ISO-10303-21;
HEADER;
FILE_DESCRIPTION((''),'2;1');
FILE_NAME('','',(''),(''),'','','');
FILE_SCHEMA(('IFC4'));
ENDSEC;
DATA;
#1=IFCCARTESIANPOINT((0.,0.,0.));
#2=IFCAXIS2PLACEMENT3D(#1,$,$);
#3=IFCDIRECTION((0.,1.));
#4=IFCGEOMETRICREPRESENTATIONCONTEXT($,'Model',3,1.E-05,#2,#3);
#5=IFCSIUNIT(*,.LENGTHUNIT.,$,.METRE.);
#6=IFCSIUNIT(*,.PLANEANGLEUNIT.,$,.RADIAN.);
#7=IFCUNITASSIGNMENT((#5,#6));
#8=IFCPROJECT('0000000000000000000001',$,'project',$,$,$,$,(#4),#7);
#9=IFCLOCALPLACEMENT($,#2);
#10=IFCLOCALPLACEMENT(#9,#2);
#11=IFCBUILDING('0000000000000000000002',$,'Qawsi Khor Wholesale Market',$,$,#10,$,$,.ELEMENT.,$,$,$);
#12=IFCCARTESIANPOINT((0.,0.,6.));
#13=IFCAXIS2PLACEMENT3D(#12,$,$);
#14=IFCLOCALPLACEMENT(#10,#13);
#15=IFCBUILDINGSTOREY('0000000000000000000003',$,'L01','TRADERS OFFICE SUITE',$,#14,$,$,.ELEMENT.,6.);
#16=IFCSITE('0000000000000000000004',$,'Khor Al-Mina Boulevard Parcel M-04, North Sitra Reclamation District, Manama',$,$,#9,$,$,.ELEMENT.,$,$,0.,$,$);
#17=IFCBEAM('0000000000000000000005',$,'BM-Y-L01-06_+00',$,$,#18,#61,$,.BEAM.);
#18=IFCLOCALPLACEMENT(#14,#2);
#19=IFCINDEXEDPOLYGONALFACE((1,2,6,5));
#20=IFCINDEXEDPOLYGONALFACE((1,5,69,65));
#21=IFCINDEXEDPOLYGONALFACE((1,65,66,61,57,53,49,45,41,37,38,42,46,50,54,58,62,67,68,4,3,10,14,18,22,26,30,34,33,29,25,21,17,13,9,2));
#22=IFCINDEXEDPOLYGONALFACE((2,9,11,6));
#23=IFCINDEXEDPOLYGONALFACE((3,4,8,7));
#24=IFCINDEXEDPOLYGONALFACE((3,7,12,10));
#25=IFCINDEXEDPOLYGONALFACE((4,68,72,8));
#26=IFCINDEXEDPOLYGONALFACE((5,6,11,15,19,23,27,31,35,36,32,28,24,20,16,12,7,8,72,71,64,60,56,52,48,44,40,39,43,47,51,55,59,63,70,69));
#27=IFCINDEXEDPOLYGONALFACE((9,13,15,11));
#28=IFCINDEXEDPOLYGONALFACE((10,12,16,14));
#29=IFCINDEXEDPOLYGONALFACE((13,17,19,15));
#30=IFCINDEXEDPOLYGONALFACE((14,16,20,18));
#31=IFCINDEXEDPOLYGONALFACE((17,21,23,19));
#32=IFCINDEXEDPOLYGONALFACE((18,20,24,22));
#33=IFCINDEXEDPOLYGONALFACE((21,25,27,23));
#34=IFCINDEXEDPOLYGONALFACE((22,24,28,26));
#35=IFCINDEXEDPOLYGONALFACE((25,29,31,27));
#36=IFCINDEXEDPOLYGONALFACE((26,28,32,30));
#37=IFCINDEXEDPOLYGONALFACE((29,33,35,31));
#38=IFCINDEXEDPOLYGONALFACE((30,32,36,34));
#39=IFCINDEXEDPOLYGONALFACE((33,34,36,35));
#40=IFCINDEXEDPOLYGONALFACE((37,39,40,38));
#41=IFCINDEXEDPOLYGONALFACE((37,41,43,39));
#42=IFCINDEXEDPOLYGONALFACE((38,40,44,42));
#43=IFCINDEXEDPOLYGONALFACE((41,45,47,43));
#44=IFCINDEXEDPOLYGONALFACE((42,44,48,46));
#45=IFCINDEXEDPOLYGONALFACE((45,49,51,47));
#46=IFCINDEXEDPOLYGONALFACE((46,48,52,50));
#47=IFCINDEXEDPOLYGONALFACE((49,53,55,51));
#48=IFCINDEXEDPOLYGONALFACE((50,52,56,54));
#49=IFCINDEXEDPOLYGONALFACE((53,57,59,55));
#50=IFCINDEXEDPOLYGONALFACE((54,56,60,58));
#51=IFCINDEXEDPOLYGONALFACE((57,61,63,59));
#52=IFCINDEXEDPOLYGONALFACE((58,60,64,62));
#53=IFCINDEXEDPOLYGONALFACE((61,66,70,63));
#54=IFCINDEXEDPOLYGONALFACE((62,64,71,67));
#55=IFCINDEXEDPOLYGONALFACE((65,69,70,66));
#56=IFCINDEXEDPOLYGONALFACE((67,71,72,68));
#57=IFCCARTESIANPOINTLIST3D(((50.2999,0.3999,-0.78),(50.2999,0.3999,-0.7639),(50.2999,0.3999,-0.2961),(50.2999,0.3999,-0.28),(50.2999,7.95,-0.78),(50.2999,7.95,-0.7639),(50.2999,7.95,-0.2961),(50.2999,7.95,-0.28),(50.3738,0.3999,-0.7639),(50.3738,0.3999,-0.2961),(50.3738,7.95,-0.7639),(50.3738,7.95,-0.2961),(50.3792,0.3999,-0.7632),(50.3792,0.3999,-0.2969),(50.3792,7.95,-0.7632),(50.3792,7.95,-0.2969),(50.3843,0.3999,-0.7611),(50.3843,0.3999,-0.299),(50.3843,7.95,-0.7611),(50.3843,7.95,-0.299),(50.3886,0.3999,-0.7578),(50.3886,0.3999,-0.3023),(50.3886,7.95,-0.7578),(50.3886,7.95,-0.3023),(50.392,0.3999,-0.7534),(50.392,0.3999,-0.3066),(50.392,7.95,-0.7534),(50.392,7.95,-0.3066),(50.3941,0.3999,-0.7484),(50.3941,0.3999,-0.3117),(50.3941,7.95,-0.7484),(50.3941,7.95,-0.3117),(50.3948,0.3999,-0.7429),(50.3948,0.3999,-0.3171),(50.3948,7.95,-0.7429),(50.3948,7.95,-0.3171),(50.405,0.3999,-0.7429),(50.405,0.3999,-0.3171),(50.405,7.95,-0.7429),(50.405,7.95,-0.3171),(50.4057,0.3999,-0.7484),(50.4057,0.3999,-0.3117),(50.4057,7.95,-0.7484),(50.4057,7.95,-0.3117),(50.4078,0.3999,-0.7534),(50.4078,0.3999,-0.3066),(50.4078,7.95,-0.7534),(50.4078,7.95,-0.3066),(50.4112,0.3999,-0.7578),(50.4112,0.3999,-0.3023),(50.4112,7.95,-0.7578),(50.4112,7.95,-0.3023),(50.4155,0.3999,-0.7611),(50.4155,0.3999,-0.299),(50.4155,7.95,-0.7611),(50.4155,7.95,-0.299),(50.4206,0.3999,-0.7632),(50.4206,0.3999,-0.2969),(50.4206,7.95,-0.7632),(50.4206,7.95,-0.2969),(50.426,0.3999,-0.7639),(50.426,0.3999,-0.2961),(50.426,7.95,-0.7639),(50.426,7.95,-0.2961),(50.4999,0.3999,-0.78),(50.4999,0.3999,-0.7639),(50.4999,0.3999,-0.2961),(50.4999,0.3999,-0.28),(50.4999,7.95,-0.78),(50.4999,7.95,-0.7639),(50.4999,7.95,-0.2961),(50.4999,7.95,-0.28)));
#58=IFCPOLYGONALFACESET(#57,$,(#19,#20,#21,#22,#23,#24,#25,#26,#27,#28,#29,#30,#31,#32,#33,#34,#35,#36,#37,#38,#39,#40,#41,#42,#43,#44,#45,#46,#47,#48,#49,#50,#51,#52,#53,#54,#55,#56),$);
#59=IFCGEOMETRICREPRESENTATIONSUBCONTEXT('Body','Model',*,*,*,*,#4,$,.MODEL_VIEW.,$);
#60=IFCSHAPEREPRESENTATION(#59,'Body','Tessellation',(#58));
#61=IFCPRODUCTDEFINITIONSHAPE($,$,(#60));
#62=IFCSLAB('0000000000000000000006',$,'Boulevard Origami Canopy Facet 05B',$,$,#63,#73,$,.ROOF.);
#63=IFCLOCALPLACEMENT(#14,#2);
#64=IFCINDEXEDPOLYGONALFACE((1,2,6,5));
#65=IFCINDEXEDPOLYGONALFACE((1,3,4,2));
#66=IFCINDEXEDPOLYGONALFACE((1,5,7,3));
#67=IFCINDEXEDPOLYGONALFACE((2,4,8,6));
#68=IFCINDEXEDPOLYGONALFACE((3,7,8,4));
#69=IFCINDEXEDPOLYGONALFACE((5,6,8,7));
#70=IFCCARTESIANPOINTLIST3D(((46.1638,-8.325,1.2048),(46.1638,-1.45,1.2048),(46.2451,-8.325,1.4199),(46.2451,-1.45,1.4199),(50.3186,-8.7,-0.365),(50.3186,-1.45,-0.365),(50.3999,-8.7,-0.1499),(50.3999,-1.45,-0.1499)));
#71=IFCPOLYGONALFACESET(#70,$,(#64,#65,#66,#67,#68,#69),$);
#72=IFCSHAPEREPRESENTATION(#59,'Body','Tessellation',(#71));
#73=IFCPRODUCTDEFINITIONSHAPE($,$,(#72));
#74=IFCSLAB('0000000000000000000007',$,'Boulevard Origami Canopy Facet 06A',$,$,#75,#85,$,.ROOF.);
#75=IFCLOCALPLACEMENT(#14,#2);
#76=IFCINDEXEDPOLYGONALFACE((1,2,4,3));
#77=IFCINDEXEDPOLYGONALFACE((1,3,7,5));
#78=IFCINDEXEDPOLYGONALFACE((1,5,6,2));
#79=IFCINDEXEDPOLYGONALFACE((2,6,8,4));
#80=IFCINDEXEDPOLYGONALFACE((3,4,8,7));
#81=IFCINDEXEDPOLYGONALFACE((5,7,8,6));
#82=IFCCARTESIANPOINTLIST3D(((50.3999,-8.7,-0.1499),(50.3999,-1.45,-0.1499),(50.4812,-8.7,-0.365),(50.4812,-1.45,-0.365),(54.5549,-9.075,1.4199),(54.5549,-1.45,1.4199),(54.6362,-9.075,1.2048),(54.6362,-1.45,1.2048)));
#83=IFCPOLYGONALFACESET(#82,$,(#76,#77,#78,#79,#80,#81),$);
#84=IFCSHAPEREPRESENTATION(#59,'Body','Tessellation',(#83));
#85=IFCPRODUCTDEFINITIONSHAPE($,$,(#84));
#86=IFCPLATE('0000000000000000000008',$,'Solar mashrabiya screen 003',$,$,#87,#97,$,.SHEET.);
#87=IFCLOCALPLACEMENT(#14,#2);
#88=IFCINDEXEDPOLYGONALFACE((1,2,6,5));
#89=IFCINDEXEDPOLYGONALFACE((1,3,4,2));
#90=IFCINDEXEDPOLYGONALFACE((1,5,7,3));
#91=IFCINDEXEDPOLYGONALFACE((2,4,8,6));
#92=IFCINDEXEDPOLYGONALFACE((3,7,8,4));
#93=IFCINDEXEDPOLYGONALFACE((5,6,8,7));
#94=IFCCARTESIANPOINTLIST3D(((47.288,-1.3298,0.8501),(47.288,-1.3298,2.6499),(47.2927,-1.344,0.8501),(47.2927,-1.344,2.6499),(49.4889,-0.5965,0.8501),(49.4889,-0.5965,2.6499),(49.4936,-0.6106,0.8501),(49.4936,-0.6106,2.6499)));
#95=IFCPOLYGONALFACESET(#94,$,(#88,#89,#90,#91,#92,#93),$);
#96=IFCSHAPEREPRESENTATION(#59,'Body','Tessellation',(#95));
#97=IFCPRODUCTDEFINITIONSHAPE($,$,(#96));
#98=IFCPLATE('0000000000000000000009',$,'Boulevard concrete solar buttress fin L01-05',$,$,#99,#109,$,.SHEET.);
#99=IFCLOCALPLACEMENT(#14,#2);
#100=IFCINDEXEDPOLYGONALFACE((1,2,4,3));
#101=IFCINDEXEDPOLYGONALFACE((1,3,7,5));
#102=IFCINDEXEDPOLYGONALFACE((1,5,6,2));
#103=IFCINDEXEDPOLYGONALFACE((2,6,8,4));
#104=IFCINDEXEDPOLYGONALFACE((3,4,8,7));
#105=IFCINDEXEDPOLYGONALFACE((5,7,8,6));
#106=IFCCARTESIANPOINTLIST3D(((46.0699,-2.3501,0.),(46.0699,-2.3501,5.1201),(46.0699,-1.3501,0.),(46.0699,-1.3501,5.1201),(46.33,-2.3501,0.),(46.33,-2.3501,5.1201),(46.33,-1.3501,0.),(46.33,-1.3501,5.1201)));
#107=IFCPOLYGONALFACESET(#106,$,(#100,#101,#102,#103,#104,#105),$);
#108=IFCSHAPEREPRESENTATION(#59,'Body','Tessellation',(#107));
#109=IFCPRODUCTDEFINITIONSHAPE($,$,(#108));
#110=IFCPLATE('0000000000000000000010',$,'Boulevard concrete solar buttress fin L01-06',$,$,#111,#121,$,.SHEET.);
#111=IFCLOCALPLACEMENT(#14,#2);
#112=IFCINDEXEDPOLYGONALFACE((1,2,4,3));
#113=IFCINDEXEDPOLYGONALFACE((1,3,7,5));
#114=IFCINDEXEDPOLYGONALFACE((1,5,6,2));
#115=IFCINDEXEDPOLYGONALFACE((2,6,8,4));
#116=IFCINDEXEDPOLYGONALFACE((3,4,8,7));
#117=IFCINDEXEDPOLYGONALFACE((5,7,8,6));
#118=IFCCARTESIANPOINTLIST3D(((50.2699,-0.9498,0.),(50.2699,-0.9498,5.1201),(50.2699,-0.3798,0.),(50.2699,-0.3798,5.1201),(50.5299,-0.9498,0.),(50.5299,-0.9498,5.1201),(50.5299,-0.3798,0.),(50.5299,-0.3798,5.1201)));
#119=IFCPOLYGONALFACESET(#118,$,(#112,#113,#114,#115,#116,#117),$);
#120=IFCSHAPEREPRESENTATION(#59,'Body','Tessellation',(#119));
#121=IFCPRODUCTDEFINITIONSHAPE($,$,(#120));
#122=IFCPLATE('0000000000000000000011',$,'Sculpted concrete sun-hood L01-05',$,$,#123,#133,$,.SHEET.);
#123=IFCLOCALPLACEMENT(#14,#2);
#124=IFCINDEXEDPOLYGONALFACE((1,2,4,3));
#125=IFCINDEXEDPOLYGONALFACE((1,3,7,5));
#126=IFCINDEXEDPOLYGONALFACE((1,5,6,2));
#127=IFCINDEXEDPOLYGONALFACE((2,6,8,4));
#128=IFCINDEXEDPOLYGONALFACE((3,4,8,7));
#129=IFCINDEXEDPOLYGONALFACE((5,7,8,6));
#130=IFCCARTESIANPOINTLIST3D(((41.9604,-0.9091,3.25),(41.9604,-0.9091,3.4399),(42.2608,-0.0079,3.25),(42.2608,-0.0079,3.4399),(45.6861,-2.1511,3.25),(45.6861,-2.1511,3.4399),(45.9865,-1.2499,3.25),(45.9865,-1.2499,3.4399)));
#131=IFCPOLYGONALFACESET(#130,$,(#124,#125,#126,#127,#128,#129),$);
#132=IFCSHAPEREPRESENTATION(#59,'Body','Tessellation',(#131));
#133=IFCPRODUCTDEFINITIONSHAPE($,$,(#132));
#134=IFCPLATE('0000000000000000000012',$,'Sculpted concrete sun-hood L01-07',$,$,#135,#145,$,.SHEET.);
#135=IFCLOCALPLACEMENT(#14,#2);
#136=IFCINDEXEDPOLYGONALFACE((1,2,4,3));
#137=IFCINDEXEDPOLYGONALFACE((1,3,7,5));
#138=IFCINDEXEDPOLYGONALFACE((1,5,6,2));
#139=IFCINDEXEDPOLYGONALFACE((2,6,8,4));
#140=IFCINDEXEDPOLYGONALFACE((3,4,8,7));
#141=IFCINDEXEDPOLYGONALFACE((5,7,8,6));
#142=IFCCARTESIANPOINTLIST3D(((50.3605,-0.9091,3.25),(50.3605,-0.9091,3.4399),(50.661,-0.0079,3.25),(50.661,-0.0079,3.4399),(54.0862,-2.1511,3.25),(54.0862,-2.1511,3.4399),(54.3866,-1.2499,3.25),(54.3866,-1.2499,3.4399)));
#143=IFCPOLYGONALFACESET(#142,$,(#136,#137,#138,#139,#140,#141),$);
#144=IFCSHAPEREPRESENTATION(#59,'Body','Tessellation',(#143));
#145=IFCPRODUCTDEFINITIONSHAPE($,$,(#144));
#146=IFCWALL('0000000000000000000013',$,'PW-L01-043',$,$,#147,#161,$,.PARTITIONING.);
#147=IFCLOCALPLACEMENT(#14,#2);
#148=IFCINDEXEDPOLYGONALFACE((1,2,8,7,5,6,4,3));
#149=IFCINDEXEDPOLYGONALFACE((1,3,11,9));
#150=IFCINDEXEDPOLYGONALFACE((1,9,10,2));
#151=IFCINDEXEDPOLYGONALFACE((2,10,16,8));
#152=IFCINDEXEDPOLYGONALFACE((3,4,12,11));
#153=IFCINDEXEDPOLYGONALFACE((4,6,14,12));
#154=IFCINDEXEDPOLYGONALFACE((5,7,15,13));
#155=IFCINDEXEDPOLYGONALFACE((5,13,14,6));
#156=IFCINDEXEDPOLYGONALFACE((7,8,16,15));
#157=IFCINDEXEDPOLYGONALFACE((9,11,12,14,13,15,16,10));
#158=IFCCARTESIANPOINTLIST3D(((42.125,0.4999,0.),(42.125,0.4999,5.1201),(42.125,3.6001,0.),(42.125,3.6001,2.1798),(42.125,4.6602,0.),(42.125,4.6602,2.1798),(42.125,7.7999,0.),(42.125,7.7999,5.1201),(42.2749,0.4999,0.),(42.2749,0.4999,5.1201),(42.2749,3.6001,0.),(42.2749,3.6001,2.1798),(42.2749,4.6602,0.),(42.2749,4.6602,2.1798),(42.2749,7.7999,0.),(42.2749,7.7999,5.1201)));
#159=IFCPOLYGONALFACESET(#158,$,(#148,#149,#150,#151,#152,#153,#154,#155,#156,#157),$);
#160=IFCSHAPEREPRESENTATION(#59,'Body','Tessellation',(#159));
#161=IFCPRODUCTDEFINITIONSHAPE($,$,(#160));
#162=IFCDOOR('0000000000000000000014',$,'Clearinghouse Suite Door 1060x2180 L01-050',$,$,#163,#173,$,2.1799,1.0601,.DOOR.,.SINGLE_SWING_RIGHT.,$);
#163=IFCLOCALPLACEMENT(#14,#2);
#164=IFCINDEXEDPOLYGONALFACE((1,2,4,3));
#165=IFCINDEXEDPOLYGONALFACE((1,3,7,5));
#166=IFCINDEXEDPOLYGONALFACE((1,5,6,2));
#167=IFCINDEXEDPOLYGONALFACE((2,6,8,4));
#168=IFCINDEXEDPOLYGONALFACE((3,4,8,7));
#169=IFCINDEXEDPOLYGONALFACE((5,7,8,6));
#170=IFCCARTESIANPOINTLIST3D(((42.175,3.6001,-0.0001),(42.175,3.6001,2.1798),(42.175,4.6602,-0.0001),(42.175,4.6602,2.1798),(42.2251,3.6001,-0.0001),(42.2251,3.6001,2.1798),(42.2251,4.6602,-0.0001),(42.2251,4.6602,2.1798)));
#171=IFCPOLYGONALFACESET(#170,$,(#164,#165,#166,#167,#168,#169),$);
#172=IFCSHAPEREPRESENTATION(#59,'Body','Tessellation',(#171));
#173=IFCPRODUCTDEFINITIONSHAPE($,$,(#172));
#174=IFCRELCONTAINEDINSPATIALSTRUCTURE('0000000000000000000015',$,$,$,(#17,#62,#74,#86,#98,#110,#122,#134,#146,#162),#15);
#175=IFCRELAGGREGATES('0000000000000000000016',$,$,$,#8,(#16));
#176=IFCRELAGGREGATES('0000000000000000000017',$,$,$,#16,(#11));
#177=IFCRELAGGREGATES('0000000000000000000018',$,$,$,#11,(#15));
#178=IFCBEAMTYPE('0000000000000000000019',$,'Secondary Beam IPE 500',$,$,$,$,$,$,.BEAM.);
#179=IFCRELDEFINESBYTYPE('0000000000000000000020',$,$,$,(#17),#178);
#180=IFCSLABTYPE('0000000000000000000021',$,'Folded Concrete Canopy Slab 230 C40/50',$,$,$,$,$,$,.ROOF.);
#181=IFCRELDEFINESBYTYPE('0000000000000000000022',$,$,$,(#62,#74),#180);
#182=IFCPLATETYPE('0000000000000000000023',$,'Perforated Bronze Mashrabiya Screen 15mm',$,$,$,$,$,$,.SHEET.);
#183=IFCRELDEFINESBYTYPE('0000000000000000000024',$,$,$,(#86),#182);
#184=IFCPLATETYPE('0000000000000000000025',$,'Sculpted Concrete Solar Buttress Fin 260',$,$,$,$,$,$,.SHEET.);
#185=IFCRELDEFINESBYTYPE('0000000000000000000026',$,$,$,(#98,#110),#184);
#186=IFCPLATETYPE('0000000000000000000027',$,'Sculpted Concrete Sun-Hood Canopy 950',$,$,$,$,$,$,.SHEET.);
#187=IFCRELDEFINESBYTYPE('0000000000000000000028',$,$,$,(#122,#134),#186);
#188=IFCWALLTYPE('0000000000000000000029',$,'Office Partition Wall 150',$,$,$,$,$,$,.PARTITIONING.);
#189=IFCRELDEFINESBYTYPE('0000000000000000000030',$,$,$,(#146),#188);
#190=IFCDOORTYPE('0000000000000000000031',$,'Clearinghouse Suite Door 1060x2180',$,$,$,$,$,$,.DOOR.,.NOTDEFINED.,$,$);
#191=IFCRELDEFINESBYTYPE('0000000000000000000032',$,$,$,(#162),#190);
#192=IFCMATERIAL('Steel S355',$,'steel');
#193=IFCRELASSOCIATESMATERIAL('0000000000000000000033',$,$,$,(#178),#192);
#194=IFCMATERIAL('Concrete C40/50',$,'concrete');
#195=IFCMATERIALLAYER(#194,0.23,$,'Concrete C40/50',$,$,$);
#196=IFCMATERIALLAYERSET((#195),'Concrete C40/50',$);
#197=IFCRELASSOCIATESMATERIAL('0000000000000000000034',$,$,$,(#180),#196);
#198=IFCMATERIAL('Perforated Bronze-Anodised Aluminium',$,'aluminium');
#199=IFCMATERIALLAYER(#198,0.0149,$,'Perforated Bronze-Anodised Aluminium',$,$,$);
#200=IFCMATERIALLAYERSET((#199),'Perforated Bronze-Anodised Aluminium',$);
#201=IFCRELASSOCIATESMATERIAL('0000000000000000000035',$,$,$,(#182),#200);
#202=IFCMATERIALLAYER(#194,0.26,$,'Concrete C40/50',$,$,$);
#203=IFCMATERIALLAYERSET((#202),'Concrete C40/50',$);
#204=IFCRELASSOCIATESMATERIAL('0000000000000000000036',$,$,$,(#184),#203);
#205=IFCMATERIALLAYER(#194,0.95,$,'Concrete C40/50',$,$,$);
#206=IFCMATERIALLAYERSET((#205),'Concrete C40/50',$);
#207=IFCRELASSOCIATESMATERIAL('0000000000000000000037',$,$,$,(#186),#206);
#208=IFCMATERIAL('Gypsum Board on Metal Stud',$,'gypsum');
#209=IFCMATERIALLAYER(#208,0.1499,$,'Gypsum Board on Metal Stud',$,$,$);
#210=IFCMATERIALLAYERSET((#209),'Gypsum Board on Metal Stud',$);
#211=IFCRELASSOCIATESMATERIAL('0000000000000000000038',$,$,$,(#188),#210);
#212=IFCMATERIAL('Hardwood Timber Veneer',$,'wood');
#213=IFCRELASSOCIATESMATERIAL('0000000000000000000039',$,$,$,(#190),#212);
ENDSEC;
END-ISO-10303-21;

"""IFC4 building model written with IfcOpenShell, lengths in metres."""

from ifc_helpers import new_model, si_unit, direction, frame, frame_2d, origin, origin_2d, place, context, subcontext, project, spatial, polyline, rectangle, i_section, outline, extrude, material, layer, layer_set, material_profile, profile_set, type_object, element, fill, save


model = new_model("IFC4")

# Units and contexts
model_context = context("Model", 3, precision=1e-05, world=origin(), true_north=direction((0.0, 1.0)))
body_context = subcontext(model_context, "Body", "Model", "MODEL_VIEW")
ifc_project = project(units=[si_unit("LENGTHUNIT", "METRE"), si_unit("PLANEANGLEUNIT", "RADIAN")], contexts=[model_context])

# Site, building, storey
site_placement = place(None, origin())
site = spatial("IfcSite", under=ifc_project, at=site_placement, Name="Khor Al-Mina Boulevard Parcel M-04, North Sitra Reclamation District, Manama", CompositionType="ELEMENT", RefElevation=0.0)
building_placement = place(site_placement, origin())
building = spatial("IfcBuilding", under=site, at=building_placement, Name="Qawsi Khor Wholesale Market", CompositionType="ELEMENT")
storey_placement = place(building_placement, frame((0.0, 0.0, 6.0)))
storey = spatial("IfcBuildingStorey", under=building, at=storey_placement, Name="L01", Description="TRADERS OFFICE SUITE", CompositionType="ELEMENT", Elevation=6.0)

# Shared definitions
ifc_material_1 = material(Name="Concrete C40/50", Category="concrete")

# Shared definitions
ifc_material_2 = material(Name="Steel S355", Category="steel")

# Beam
ifc_material_profile_1 = material_profile(ifc_material_2, i_section(OverallWidth=0.2, OverallDepth=0.5, WebThickness=0.0103, FlangeThickness=0.0161, FilletRadius=0.021, at=origin_2d()), Name="IPE 500")
ifc_profile_set_1 = profile_set([ifc_material_profile_1], Name="Steel S355")
beam_type_1 = type_object("IfcBeamType", Name="Secondary Beam IPE 500", PredefinedType="BEAM", material=ifc_profile_set_1)
beam_1_placement = place(storey_placement, frame((50.3999, 0.3999, -0.53), z_axis=(0.0, 1.0, 0.0), x_axis=(-1.0, 0.0, 0.0)))
element("IfcBeam", 1, at=beam_1_placement, inside=storey, type_object=beam_type_1, Name="BM-Y-L01-06_+00", PredefinedType="BEAM", context=body_context, shape_type="SweptSolid", body=[
    extrude(i_section(OverallWidth=0.2, OverallDepth=0.5, WebThickness=0.0103, FlangeThickness=0.0161, FilletRadius=0.021, at=origin_2d()), origin(), (0.0, 0.0, 1.0), 7.55),
])

# Slabs
ifc_layer_1 = layer(ifc_material_1, 0.23, Name="Concrete C40/50")
ifc_layer_set_1 = layer_set([ifc_layer_1], Name="Concrete C40/50")
slab_type = type_object("IfcSlabType", Name="Folded Concrete Canopy Slab 230 C40/50", PredefinedType="ROOF", material=ifc_layer_set_1)
slab_1_placement = place(storey_placement, frame((46.2451, -8.325, 1.4199), z_axis=(0.353448, 0.0, 0.935454), x_axis=(0.932138, -0.084132, -0.352194)))
element("IfcSlab", 2, at=slab_1_placement, inside=storey, type_object=slab_type, Name="Boulevard Origami Canopy Facet 05B", PredefinedType="ROOF", context=body_context, shape_type="SweptSolid", body=[
    extrude(outline(polyline([(0.0, 0.0), (4.4573, 0.0), (3.8473, 7.2243), (-0.5784, 6.8506), (0.0, 0.0)])), origin(), (0.0, 0.0, -1.0), 0.23),
])
slab_2_placement = place(storey_placement, frame((50.3999, -8.7, -0.1499), z_axis=(-0.353429, 0.0, 0.935461), x_axis=(0.932145, -0.084128, 0.352177)))
element("IfcSlab", 3, at=slab_2_placement, inside=storey, type_object=slab_type, Name="Boulevard Origami Canopy Facet 06A", PredefinedType="ROOF", context=body_context, shape_type="SweptSolid", body=[
    extrude(outline(polyline([(0.0, 0.0), (4.4575, 0.0), (3.816, 7.598), (-0.6099, 7.2243), (0.0, 0.0)])), origin(), (0.0, 0.0, -1.0), 0.23),
])

# Plates
ifc_material_3 = material(Name="Perforated Bronze-Anodised Aluminium", Category="aluminium")
ifc_layer_2 = layer(ifc_material_3, 0.0149, Name="Perforated Bronze-Anodised Aluminium")
ifc_layer_set_2 = layer_set([ifc_layer_2], Name="Perforated Bronze-Anodised Aluminium")
plate_type_1 = type_object("IfcPlateType", Name="Perforated Bronze Mashrabiya Screen 15mm", PredefinedType="SHEET", material=ifc_layer_set_2)
plate_1_placement = place(storey_placement, frame((49.4912, -0.6035, 0.8501), z_axis=(0.0, 0.0, 1.0), x_axis=(-0.948715, -0.316133, 0.0)))
element("IfcPlate", 4, at=plate_1_placement, inside=storey, type_object=plate_type_1, Name="Solar mashrabiya screen 003", PredefinedType="SHEET", context=body_context, shape_type="SweptSolid", body=[
    extrude(rectangle(XDim=2.3198, YDim=0.0149, at=frame_2d((1.1599, 0.0))), origin(), (0.0, 0.0, 1.0), 1.7998),
])
ifc_layer_3 = layer(ifc_material_1, 0.26, Name="Concrete C40/50")
ifc_layer_set_3 = layer_set([ifc_layer_3], Name="Concrete C40/50")
plate_type_2 = type_object("IfcPlateType", Name="Sculpted Concrete Solar Buttress Fin 260", PredefinedType="SHEET", material=ifc_layer_set_3)
plate_2_placement = place(storey_placement, frame((46.2, -2.3501, 0.0), z_axis=(0.0, 0.0, 1.0), x_axis=(0.0, 1.0, 0.0)))
element("IfcPlate", 5, at=plate_2_placement, inside=storey, type_object=plate_type_2, Name="Boulevard concrete solar buttress fin L01-05", PredefinedType="SHEET", context=body_context, shape_type="SweptSolid", body=[
    extrude(rectangle(XDim=1.0, YDim=0.26, at=frame_2d((0.5, 0.0))), origin(), (0.0, 0.0, 1.0), 5.1201),
])
plate_3_placement = place(storey_placement, frame((50.3999, -0.95, 0.0), z_axis=(0.0, 0.0, 1.0), x_axis=(0.0, 1.0, 0.0)))
element("IfcPlate", 6, at=plate_3_placement, inside=storey, type_object=plate_type_2, Name="Boulevard concrete solar buttress fin L01-06", PredefinedType="SHEET", context=body_context, shape_type="SweptSolid", body=[
    extrude(rectangle(XDim=0.5701, YDim=0.26, at=frame_2d((0.2852, 0.0))), origin(), (0.0, 0.0, 1.0), 5.1201),
])
ifc_layer_4 = layer(ifc_material_1, 0.95, Name="Concrete C40/50")
ifc_layer_set_4 = layer_set([ifc_layer_4], Name="Concrete C40/50")
plate_type_3 = type_object("IfcPlateType", Name="Sculpted Concrete Sun-Hood Canopy 950", PredefinedType="SHEET", material=ifc_layer_set_4)
for number, where, z_axis, x_axis, name in (
    (7, (42.1106, -0.4585, 3.25), (0.0, 0.0, 1.0), (0.948677, -0.316246, 0.0), "Sculpted concrete sun-hood L01-05"),
    (8, (50.5107, -0.4585, 3.25), (0.0, 0.0, 1.0), (0.948677, -0.316246, 0.0), "Sculpted concrete sun-hood L01-07"),
):
    element("IfcPlate", number, at=place(storey_placement, frame(where, z_axis=z_axis, x_axis=x_axis)), inside=storey, type_object=plate_type_3, Name=name, PredefinedType="SHEET", context=body_context, shape_type="SweptSolid", body=[
        extrude(rectangle(XDim=3.9272, YDim=0.95, at=frame_2d((1.9636, 0.0))), origin(), (0.0, 0.0, 1.0), 0.1899),
    ])

# Wall, opening, door
ifc_material_4 = material(Name="Gypsum Board on Metal Stud", Category="gypsum")
ifc_layer_5 = layer(ifc_material_4, 0.1499, Name="Gypsum Board on Metal Stud")
ifc_layer_set_5 = layer_set([ifc_layer_5], Name="Gypsum Board on Metal Stud")
wall_type_1 = type_object("IfcWallType", Name="Office Partition Wall 150", PredefinedType="PARTITIONING", material=ifc_layer_set_5)
wall_1_placement = place(storey_placement, frame((42.2, 0.5, 0.0), z_axis=(0.0, 0.0, 1.0), x_axis=(0.0, 1.0, 0.0)))
wall_1 = element("IfcWall", 9, at=wall_1_placement, inside=storey, type_object=wall_type_1, Name="PW-L01-043", PredefinedType="PARTITIONING", context=body_context, shape_type="SweptSolid", body=[
    extrude(rectangle(XDim=7.3, YDim=0.1499, at=frame_2d((3.6499, 0.0))), origin(), (0.0, 0.0, 1.0), 5.1201),
])
opening_1_placement = place(wall_1_placement, frame((3.1001, 0.0, 0.0)))
opening_1 = element("IfcOpeningElement", 10, at=opening_1_placement, cuts=wall_1, PredefinedType="OPENING", context=body_context, shape_type="SweptSolid", body=[
    extrude(rectangle(XDim=1.0601, YDim=2.1799, at=frame_2d((0.53, 1.0898))), frame((0.0, 0.085, 0.0), z_axis=(0.0, -1.0, 0.0), x_axis=(1.0, 0.0, 0.0)), (0.0, 0.0, 1.0), 0.1699),
])
ifc_material_5 = material(Name="Hardwood Timber Veneer", Category="wood")
door_type = type_object("IfcDoorType", Name="Clearinghouse Suite Door 1060x2180", OperationType="NOTDEFINED", PredefinedType="DOOR", material=ifc_material_5)
door_placement = place(opening_1_placement, origin())
door = element("IfcDoor", 11, at=door_placement, inside=storey, type_object=door_type, Name="Clearinghouse Suite Door 1060x2180 L01-050", OperationType="SINGLE_SWING_RIGHT", OverallHeight=2.1799, OverallWidth=1.0601, PredefinedType="DOOR", context=body_context, shape_type="SweptSolid", body=[
    extrude(rectangle(XDim=1.0601, YDim=2.1799, at=frame_2d((0.53, 1.0898))), frame((0.0, 0.0249, 0.0), z_axis=(0.0, -1.0, 0.0), x_axis=(1.0, 0.0, 0.0)), (0.0, 0.0, 1.0), 0.05),
])
fill(opening_1, door)

save(model, "model.ifc")
